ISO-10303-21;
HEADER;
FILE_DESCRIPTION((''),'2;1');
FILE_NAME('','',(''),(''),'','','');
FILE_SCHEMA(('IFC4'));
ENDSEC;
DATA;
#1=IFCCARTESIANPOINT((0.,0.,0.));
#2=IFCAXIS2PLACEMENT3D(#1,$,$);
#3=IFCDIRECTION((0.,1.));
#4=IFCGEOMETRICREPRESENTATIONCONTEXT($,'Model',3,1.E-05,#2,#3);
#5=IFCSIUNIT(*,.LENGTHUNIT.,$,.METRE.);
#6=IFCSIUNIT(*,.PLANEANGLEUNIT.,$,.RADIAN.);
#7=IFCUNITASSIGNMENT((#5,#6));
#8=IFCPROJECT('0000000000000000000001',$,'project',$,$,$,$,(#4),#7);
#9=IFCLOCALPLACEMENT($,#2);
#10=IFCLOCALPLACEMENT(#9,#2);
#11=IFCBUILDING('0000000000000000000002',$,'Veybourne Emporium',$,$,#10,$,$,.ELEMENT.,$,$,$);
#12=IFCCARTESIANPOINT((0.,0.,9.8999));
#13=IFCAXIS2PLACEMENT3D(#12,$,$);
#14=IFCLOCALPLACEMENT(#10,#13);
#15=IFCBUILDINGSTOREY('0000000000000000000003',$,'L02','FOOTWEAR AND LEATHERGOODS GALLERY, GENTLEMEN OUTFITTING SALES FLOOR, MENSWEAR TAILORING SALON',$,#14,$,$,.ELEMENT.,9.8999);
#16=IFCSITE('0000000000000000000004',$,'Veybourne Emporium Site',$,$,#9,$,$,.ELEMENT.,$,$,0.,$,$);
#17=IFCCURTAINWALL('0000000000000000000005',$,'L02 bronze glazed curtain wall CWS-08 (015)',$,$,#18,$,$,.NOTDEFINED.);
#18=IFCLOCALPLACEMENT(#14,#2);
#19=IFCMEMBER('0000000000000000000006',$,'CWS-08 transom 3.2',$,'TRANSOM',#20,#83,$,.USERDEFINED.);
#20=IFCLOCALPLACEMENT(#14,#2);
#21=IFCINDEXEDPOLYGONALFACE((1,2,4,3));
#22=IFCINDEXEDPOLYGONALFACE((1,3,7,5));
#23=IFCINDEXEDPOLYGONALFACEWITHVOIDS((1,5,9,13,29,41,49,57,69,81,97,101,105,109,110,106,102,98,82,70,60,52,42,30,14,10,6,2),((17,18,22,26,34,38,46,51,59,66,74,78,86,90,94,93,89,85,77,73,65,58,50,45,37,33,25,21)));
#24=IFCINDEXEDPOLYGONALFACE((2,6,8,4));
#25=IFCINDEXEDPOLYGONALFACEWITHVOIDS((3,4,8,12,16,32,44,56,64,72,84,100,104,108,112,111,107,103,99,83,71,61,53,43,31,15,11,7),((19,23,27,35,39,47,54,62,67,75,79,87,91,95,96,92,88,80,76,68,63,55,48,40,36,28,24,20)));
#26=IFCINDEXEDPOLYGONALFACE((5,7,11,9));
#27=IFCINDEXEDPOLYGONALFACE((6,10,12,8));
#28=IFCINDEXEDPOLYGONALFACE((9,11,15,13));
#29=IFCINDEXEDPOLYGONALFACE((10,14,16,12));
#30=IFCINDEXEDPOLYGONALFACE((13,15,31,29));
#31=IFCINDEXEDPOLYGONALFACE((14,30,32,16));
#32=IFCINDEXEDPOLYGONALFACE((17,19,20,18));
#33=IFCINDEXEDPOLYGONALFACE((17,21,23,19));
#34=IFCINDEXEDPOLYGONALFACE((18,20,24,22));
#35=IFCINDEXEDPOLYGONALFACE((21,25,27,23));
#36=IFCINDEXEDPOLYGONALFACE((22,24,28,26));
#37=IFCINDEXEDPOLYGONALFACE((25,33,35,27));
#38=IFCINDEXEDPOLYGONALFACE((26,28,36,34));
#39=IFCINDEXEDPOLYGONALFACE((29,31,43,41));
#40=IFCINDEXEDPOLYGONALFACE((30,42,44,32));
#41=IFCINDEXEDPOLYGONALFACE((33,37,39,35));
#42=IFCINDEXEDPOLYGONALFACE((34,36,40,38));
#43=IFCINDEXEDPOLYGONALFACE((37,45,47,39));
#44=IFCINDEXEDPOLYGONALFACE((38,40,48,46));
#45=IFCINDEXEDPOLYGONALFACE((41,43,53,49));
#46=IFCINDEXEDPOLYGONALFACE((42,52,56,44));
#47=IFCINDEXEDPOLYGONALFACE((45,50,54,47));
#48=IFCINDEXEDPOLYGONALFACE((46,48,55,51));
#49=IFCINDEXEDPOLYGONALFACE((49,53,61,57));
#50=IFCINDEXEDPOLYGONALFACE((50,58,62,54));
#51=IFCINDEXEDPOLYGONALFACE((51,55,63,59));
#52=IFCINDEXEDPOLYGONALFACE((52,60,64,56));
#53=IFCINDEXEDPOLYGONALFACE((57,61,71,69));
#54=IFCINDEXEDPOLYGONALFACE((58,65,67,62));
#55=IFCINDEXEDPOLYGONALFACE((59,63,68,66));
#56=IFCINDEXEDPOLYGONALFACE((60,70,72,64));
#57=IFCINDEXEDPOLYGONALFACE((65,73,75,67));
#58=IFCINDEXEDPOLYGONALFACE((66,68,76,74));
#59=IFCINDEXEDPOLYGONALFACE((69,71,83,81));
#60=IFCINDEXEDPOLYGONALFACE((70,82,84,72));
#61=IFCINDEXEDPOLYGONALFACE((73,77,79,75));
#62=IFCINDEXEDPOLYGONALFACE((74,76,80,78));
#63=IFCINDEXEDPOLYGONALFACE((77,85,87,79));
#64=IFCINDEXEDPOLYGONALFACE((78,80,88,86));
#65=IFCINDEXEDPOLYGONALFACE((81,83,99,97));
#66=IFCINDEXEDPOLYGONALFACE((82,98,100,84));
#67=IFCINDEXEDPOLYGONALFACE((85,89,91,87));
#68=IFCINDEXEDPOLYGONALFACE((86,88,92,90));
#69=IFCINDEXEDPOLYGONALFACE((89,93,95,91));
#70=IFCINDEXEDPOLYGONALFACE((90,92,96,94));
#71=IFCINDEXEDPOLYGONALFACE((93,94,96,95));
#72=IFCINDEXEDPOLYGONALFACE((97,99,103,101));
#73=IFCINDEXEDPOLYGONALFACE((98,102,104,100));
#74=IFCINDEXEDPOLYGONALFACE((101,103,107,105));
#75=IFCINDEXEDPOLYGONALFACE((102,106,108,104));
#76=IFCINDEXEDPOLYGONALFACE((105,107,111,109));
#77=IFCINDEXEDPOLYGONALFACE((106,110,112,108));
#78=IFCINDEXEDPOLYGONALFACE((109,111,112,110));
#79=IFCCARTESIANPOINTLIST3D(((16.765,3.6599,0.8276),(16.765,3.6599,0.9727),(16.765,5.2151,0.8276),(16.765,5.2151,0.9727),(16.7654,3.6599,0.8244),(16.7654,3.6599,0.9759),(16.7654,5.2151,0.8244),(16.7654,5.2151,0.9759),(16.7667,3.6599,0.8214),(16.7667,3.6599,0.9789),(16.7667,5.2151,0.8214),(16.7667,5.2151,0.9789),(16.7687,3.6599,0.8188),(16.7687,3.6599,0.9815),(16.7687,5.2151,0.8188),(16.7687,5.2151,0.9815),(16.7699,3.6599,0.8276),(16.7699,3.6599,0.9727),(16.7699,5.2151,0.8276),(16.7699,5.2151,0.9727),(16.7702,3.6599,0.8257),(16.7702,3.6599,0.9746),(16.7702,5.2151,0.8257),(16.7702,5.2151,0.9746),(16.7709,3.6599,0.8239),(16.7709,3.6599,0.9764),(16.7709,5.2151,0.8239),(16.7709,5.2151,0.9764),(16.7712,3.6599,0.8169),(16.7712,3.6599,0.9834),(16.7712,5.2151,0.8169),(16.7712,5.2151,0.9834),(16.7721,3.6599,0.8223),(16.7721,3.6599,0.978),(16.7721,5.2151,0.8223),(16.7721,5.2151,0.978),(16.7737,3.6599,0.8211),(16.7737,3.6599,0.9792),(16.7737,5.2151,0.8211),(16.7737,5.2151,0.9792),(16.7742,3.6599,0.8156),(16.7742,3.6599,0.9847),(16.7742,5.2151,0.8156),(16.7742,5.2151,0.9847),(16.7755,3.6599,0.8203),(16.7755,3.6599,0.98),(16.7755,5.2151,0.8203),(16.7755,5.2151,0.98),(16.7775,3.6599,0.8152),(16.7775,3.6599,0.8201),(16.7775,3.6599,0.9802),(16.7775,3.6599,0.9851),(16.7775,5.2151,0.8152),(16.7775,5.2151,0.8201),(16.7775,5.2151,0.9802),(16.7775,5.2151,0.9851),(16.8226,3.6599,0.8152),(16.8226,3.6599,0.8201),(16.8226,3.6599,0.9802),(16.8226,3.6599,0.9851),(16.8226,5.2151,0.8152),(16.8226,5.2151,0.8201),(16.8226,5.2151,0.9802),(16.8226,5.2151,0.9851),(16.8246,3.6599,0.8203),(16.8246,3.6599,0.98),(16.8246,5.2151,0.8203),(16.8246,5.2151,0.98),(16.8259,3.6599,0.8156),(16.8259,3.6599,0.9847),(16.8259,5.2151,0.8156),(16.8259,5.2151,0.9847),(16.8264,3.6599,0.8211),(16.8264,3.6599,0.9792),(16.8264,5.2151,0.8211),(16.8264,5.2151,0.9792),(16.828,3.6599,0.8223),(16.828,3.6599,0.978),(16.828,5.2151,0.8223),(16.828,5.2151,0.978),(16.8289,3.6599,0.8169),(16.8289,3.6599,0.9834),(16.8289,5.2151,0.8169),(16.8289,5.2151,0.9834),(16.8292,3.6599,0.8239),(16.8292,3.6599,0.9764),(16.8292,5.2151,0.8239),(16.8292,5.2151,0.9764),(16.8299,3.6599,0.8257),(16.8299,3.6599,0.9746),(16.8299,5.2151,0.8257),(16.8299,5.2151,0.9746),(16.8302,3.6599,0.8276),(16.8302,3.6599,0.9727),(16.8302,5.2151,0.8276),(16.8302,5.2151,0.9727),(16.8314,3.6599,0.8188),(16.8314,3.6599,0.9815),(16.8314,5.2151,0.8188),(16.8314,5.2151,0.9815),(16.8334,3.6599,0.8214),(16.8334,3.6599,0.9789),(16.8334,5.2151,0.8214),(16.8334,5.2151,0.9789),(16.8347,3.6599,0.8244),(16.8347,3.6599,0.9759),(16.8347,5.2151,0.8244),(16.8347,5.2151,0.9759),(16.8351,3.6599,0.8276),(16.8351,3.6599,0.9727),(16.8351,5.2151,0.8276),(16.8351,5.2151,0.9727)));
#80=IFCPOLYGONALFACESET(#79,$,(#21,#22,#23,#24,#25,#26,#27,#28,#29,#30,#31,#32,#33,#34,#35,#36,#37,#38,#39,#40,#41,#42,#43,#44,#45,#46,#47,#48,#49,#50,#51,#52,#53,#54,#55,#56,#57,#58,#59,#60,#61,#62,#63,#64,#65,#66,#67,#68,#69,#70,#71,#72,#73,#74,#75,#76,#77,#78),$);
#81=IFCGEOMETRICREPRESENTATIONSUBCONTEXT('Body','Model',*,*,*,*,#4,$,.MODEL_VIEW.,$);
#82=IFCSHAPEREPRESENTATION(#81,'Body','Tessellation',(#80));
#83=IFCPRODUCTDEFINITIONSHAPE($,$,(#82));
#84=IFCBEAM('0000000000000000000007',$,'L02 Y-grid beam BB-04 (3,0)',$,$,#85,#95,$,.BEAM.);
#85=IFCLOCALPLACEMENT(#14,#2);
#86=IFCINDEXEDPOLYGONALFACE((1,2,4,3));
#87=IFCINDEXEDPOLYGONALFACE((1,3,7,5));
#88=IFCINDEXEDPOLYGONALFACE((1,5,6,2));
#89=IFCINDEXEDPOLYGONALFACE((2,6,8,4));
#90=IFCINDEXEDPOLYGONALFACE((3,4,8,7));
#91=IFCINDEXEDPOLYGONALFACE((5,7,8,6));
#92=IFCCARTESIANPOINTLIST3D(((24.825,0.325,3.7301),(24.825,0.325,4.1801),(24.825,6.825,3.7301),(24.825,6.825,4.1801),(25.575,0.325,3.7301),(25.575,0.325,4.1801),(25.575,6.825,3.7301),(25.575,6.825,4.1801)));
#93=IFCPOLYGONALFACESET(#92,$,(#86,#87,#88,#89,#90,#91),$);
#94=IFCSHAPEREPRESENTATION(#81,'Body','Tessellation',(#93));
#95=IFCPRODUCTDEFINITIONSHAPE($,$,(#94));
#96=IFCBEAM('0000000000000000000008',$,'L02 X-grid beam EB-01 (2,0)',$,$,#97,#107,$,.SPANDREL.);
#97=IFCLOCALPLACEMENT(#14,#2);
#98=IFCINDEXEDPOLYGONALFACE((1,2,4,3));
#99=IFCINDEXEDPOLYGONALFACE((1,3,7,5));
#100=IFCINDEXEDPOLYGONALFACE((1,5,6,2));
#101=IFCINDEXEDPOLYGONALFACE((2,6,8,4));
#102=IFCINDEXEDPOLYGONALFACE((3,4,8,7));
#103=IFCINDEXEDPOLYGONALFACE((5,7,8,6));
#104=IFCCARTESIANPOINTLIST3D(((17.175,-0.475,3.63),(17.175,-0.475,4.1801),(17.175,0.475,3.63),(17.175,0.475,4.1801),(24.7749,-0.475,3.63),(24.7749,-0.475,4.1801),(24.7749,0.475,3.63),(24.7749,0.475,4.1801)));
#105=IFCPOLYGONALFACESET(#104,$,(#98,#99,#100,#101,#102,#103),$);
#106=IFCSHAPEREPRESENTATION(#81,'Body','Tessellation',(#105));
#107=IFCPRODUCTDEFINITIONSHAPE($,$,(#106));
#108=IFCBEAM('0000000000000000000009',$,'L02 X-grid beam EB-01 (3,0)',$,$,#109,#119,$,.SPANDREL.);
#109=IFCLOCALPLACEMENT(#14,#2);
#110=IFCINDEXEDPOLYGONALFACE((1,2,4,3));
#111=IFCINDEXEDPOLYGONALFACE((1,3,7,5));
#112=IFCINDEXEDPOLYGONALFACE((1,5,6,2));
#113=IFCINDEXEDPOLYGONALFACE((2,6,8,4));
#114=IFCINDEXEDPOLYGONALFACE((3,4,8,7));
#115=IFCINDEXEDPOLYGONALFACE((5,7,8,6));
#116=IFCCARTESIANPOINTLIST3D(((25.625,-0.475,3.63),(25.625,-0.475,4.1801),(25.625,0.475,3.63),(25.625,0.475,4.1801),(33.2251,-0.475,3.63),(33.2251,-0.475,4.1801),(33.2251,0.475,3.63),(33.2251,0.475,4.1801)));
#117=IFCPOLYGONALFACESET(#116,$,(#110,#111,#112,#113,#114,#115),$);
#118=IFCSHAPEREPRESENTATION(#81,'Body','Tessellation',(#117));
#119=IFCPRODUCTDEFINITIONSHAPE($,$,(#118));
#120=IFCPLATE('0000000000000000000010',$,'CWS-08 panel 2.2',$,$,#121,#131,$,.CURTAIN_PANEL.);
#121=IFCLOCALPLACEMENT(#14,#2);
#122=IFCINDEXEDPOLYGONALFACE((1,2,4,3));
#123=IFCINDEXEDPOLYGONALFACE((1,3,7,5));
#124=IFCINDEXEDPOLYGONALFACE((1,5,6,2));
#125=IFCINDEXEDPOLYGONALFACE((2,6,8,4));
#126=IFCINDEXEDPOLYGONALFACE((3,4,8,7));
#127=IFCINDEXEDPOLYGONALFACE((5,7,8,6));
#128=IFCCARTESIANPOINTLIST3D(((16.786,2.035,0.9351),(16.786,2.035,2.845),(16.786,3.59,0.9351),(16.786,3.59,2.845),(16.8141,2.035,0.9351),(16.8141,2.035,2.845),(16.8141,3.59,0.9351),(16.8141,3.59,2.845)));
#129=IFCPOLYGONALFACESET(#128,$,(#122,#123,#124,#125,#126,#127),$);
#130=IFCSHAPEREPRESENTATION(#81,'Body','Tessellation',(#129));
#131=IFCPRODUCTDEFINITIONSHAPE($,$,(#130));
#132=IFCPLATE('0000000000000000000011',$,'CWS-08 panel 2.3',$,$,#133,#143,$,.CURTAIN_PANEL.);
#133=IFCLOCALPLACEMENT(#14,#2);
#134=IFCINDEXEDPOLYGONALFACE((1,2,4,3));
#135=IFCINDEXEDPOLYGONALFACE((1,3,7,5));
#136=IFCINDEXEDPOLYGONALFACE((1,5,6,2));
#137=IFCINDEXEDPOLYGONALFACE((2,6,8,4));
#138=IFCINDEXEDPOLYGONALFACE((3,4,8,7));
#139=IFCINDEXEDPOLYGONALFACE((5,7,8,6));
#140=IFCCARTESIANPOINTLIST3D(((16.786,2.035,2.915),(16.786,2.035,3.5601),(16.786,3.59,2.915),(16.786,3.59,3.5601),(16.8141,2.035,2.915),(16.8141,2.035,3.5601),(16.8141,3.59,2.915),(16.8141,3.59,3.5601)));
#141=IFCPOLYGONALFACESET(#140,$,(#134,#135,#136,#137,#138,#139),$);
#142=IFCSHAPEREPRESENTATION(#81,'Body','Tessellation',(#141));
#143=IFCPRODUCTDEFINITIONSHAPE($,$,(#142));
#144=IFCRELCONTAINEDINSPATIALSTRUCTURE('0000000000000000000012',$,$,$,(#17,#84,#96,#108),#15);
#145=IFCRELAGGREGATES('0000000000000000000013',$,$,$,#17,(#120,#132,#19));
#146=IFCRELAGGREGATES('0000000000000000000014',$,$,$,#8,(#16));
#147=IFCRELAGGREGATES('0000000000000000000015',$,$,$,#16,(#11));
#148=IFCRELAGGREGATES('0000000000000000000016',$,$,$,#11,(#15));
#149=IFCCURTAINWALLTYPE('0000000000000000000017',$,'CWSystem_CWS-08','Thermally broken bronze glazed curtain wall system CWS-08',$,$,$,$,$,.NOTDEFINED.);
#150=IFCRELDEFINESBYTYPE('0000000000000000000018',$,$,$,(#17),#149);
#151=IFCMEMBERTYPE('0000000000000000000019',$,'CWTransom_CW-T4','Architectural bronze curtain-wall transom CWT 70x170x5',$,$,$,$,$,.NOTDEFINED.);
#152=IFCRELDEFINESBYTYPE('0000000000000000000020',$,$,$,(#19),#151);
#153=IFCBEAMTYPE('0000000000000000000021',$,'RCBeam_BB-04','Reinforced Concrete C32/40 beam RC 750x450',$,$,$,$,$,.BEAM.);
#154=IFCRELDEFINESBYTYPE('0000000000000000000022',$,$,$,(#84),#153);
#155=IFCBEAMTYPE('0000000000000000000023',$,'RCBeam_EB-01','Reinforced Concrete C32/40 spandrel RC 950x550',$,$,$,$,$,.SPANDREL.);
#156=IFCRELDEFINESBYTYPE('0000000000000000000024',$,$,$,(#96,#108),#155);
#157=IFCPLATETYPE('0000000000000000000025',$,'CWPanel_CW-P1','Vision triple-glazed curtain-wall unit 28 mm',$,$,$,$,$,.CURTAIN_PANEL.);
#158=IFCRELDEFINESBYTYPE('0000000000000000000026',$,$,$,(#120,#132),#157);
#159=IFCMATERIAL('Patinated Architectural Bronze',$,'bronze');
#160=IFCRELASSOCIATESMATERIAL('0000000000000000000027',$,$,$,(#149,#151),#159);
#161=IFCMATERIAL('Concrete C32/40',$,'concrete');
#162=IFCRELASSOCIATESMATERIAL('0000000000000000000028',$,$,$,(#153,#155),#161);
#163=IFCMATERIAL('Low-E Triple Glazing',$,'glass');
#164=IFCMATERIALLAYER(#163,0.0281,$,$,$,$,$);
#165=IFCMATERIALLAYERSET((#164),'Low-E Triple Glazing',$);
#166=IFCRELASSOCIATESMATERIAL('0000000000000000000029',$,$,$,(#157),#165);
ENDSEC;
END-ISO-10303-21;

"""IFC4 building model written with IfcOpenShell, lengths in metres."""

from ifc_helpers import new_model, si_unit, direction, frame, origin, origin_2d, place, context, subcontext, project, spatial, rectangle, hollow_rectangle, extrude, material, layer, layer_set, material_profile, profile_set, type_object, element, aggregate, save


model = new_model("IFC4")

# Units and contexts
model_context = context("Model", 3, precision=1e-05, world=origin(), true_north=direction((0.0, 1.0)))
body_context = subcontext(model_context, "Body", "Model", "MODEL_VIEW")
ifc_project = project(units=[si_unit("LENGTHUNIT", "METRE"), si_unit("PLANEANGLEUNIT", "RADIAN")], contexts=[model_context])

# Site, building, storey
site_placement = place(None, origin())
site = spatial("IfcSite", under=ifc_project, at=site_placement, Name="Veybourne Emporium Site", CompositionType="ELEMENT", RefElevation=0.0)
building_placement = place(site_placement, origin())
building = spatial("IfcBuilding", under=site, at=building_placement, Name="Veybourne Emporium", CompositionType="ELEMENT")
storey_placement = place(building_placement, frame((0.0, 0.0, 9.8999)))
storey = spatial("IfcBuildingStorey", under=building, at=storey_placement, Name="L02", Description="FOOTWEAR AND LEATHERGOODS GALLERY, GENTLEMEN OUTFITTING SALES FLOOR, MENSWEAR TAILORING SALON", CompositionType="ELEMENT", Elevation=9.8999)

# Curtain wall, member
ifc_material_1 = material(Name="Patinated Architectural Bronze", Category="bronze")
curtain_wall_type = type_object("IfcCurtainWallType", Name="CWSystem_CWS-08", Description="Thermally broken bronze glazed curtain wall system CWS-08", PredefinedType="NOTDEFINED", material=ifc_material_1)
curtain_wall_placement = place(storey_placement, origin())
curtain_wall = element("IfcCurtainWall", 1, at=curtain_wall_placement, inside=storey, type_object=curtain_wall_type, Name="L02 bronze glazed curtain wall CWS-08 (015)", PredefinedType="NOTDEFINED")
ifc_material_profile_1 = material_profile(ifc_material_1, hollow_rectangle(XDim=0.0701, YDim=0.1699, WallThickness=0.0049, InnerFilletRadius=0.0076, OuterFilletRadius=0.0125, at=origin_2d()), Name="CWT 70x170x5")
ifc_profile_set_1 = profile_set([ifc_material_profile_1], Name="Patinated Architectural Bronze")
member_type_1 = type_object("IfcMemberType", Name="CWTransom_CW-T4", Description="Architectural bronze curtain-wall transom CWT 70x170x5", PredefinedType="NOTDEFINED", material=ifc_profile_set_1)
member_1_placement = place(storey_placement, frame((16.8, 3.6599, 0.9001), z_axis=(0.0, 1.0, 0.0), x_axis=(-1.0, 0.0, 0.0)))
member_1 = element("IfcMember", 2, at=member_1_placement, type_object=member_type_1, Name="CWS-08 transom 3.2", ObjectType="TRANSOM", PredefinedType="USERDEFINED", context=body_context, shape_type="SweptSolid", body=[
    extrude(hollow_rectangle(XDim=0.0701, YDim=0.1699, WallThickness=0.0049, InnerFilletRadius=0.0076, OuterFilletRadius=0.0125, at=origin_2d()), origin(), (0.0, 0.0, 1.0), 1.5552),
])

# Beams
ifc_material_2 = material(Name="Concrete C32/40", Category="concrete")
ifc_material_profile_2 = material_profile(ifc_material_2, rectangle(XDim=0.75, YDim=0.45, at=origin_2d()), Name="RC 750x450")
ifc_profile_set_2 = profile_set([ifc_material_profile_2], Name="Concrete C32/40")
beam_type_1 = type_object("IfcBeamType", Name="RCBeam_BB-04", Description="Reinforced Concrete C32/40 beam RC 750x450", PredefinedType="BEAM", material=ifc_profile_set_2)
beam_1_placement = place(storey_placement, frame((25.2, 0.325, 3.9551), z_axis=(0.0, 1.0, 0.0), x_axis=(-1.0, 0.0, 0.0)))
element("IfcBeam", 3, at=beam_1_placement, inside=storey, type_object=beam_type_1, Name="L02 Y-grid beam BB-04 (3,0)", PredefinedType="BEAM", context=body_context, shape_type="SweptSolid", body=[
    extrude(rectangle(XDim=0.75, YDim=0.45, at=origin_2d()), origin(), (0.0, 0.0, 1.0), 6.5),
])
ifc_material_profile_3 = material_profile(ifc_material_2, rectangle(XDim=0.95, YDim=0.55, at=origin_2d()), Name="RC 950x550")
ifc_profile_set_3 = profile_set([ifc_material_profile_3], Name="Concrete C32/40")
beam_type_2 = type_object("IfcBeamType", Name="RCBeam_EB-01", Description="Reinforced Concrete C32/40 spandrel RC 950x550", PredefinedType="SPANDREL", material=ifc_profile_set_3)
beam_2_placement = place(storey_placement, frame((17.175, 0.0, 3.905), z_axis=(1.0, 0.0, 0.0), x_axis=(0.0, 1.0, 0.0)))
element("IfcBeam", 4, at=beam_2_placement, inside=storey, type_object=beam_type_2, Name="L02 X-grid beam EB-01 (2,0)", PredefinedType="SPANDREL", context=body_context, shape_type="SweptSolid", body=[
    extrude(rectangle(XDim=0.95, YDim=0.55, at=origin_2d()), origin(), (0.0, 0.0, 1.0), 7.5999),
])
beam_3_placement = place(storey_placement, frame((25.625, 0.0, 3.905), z_axis=(1.0, 0.0, 0.0), x_axis=(0.0, 1.0, 0.0)))
element("IfcBeam", 5, at=beam_3_placement, inside=storey, type_object=beam_type_2, Name="L02 X-grid beam EB-01 (3,0)", PredefinedType="SPANDREL", context=body_context, shape_type="SweptSolid", body=[
    extrude(rectangle(XDim=0.95, YDim=0.55, at=origin_2d()), origin(), (0.0, 0.0, 1.0), 7.6001),
])

# Plates
ifc_material_3 = material(Name="Low-E Triple Glazing", Category="glass")
ifc_layer_1 = layer(ifc_material_3, 0.0281)
ifc_layer_set_1 = layer_set([ifc_layer_1], Name="Low-E Triple Glazing")
plate_type = type_object("IfcPlateType", Name="CWPanel_CW-P1", Description="Vision triple-glazed curtain-wall unit 28 mm", PredefinedType="CURTAIN_PANEL", material=ifc_layer_set_1)
plate_1_placement = place(storey_placement, frame((16.8, 2.8125, 0.9351), z_axis=(0.0, 0.0, 1.0), x_axis=(0.0, 1.0, 0.0)))
plate_1 = element("IfcPlate", 6, at=plate_1_placement, type_object=plate_type, Name="CWS-08 panel 2.2", PredefinedType="CURTAIN_PANEL", context=body_context, shape_type="SweptSolid", body=[
    extrude(rectangle(XDim=1.5549, YDim=0.0281, at=origin_2d()), origin(), (0.0, 0.0, 1.0), 1.9099),
])
plate_2_placement = place(storey_placement, frame((16.8, 2.8125, 2.915), z_axis=(0.0, 0.0, 1.0), x_axis=(0.0, 1.0, 0.0)))
plate_2 = element("IfcPlate", 7, at=plate_2_placement, type_object=plate_type, Name="CWS-08 panel 2.3", PredefinedType="CURTAIN_PANEL", context=body_context, shape_type="SweptSolid", body=[
    extrude(rectangle(XDim=1.5549, YDim=0.0281, at=origin_2d()), origin(), (0.0, 0.0, 1.0), 0.645),
])
aggregate(curtain_wall, [plate_1, plate_2, member_1])

save(model, "model.ifc")
